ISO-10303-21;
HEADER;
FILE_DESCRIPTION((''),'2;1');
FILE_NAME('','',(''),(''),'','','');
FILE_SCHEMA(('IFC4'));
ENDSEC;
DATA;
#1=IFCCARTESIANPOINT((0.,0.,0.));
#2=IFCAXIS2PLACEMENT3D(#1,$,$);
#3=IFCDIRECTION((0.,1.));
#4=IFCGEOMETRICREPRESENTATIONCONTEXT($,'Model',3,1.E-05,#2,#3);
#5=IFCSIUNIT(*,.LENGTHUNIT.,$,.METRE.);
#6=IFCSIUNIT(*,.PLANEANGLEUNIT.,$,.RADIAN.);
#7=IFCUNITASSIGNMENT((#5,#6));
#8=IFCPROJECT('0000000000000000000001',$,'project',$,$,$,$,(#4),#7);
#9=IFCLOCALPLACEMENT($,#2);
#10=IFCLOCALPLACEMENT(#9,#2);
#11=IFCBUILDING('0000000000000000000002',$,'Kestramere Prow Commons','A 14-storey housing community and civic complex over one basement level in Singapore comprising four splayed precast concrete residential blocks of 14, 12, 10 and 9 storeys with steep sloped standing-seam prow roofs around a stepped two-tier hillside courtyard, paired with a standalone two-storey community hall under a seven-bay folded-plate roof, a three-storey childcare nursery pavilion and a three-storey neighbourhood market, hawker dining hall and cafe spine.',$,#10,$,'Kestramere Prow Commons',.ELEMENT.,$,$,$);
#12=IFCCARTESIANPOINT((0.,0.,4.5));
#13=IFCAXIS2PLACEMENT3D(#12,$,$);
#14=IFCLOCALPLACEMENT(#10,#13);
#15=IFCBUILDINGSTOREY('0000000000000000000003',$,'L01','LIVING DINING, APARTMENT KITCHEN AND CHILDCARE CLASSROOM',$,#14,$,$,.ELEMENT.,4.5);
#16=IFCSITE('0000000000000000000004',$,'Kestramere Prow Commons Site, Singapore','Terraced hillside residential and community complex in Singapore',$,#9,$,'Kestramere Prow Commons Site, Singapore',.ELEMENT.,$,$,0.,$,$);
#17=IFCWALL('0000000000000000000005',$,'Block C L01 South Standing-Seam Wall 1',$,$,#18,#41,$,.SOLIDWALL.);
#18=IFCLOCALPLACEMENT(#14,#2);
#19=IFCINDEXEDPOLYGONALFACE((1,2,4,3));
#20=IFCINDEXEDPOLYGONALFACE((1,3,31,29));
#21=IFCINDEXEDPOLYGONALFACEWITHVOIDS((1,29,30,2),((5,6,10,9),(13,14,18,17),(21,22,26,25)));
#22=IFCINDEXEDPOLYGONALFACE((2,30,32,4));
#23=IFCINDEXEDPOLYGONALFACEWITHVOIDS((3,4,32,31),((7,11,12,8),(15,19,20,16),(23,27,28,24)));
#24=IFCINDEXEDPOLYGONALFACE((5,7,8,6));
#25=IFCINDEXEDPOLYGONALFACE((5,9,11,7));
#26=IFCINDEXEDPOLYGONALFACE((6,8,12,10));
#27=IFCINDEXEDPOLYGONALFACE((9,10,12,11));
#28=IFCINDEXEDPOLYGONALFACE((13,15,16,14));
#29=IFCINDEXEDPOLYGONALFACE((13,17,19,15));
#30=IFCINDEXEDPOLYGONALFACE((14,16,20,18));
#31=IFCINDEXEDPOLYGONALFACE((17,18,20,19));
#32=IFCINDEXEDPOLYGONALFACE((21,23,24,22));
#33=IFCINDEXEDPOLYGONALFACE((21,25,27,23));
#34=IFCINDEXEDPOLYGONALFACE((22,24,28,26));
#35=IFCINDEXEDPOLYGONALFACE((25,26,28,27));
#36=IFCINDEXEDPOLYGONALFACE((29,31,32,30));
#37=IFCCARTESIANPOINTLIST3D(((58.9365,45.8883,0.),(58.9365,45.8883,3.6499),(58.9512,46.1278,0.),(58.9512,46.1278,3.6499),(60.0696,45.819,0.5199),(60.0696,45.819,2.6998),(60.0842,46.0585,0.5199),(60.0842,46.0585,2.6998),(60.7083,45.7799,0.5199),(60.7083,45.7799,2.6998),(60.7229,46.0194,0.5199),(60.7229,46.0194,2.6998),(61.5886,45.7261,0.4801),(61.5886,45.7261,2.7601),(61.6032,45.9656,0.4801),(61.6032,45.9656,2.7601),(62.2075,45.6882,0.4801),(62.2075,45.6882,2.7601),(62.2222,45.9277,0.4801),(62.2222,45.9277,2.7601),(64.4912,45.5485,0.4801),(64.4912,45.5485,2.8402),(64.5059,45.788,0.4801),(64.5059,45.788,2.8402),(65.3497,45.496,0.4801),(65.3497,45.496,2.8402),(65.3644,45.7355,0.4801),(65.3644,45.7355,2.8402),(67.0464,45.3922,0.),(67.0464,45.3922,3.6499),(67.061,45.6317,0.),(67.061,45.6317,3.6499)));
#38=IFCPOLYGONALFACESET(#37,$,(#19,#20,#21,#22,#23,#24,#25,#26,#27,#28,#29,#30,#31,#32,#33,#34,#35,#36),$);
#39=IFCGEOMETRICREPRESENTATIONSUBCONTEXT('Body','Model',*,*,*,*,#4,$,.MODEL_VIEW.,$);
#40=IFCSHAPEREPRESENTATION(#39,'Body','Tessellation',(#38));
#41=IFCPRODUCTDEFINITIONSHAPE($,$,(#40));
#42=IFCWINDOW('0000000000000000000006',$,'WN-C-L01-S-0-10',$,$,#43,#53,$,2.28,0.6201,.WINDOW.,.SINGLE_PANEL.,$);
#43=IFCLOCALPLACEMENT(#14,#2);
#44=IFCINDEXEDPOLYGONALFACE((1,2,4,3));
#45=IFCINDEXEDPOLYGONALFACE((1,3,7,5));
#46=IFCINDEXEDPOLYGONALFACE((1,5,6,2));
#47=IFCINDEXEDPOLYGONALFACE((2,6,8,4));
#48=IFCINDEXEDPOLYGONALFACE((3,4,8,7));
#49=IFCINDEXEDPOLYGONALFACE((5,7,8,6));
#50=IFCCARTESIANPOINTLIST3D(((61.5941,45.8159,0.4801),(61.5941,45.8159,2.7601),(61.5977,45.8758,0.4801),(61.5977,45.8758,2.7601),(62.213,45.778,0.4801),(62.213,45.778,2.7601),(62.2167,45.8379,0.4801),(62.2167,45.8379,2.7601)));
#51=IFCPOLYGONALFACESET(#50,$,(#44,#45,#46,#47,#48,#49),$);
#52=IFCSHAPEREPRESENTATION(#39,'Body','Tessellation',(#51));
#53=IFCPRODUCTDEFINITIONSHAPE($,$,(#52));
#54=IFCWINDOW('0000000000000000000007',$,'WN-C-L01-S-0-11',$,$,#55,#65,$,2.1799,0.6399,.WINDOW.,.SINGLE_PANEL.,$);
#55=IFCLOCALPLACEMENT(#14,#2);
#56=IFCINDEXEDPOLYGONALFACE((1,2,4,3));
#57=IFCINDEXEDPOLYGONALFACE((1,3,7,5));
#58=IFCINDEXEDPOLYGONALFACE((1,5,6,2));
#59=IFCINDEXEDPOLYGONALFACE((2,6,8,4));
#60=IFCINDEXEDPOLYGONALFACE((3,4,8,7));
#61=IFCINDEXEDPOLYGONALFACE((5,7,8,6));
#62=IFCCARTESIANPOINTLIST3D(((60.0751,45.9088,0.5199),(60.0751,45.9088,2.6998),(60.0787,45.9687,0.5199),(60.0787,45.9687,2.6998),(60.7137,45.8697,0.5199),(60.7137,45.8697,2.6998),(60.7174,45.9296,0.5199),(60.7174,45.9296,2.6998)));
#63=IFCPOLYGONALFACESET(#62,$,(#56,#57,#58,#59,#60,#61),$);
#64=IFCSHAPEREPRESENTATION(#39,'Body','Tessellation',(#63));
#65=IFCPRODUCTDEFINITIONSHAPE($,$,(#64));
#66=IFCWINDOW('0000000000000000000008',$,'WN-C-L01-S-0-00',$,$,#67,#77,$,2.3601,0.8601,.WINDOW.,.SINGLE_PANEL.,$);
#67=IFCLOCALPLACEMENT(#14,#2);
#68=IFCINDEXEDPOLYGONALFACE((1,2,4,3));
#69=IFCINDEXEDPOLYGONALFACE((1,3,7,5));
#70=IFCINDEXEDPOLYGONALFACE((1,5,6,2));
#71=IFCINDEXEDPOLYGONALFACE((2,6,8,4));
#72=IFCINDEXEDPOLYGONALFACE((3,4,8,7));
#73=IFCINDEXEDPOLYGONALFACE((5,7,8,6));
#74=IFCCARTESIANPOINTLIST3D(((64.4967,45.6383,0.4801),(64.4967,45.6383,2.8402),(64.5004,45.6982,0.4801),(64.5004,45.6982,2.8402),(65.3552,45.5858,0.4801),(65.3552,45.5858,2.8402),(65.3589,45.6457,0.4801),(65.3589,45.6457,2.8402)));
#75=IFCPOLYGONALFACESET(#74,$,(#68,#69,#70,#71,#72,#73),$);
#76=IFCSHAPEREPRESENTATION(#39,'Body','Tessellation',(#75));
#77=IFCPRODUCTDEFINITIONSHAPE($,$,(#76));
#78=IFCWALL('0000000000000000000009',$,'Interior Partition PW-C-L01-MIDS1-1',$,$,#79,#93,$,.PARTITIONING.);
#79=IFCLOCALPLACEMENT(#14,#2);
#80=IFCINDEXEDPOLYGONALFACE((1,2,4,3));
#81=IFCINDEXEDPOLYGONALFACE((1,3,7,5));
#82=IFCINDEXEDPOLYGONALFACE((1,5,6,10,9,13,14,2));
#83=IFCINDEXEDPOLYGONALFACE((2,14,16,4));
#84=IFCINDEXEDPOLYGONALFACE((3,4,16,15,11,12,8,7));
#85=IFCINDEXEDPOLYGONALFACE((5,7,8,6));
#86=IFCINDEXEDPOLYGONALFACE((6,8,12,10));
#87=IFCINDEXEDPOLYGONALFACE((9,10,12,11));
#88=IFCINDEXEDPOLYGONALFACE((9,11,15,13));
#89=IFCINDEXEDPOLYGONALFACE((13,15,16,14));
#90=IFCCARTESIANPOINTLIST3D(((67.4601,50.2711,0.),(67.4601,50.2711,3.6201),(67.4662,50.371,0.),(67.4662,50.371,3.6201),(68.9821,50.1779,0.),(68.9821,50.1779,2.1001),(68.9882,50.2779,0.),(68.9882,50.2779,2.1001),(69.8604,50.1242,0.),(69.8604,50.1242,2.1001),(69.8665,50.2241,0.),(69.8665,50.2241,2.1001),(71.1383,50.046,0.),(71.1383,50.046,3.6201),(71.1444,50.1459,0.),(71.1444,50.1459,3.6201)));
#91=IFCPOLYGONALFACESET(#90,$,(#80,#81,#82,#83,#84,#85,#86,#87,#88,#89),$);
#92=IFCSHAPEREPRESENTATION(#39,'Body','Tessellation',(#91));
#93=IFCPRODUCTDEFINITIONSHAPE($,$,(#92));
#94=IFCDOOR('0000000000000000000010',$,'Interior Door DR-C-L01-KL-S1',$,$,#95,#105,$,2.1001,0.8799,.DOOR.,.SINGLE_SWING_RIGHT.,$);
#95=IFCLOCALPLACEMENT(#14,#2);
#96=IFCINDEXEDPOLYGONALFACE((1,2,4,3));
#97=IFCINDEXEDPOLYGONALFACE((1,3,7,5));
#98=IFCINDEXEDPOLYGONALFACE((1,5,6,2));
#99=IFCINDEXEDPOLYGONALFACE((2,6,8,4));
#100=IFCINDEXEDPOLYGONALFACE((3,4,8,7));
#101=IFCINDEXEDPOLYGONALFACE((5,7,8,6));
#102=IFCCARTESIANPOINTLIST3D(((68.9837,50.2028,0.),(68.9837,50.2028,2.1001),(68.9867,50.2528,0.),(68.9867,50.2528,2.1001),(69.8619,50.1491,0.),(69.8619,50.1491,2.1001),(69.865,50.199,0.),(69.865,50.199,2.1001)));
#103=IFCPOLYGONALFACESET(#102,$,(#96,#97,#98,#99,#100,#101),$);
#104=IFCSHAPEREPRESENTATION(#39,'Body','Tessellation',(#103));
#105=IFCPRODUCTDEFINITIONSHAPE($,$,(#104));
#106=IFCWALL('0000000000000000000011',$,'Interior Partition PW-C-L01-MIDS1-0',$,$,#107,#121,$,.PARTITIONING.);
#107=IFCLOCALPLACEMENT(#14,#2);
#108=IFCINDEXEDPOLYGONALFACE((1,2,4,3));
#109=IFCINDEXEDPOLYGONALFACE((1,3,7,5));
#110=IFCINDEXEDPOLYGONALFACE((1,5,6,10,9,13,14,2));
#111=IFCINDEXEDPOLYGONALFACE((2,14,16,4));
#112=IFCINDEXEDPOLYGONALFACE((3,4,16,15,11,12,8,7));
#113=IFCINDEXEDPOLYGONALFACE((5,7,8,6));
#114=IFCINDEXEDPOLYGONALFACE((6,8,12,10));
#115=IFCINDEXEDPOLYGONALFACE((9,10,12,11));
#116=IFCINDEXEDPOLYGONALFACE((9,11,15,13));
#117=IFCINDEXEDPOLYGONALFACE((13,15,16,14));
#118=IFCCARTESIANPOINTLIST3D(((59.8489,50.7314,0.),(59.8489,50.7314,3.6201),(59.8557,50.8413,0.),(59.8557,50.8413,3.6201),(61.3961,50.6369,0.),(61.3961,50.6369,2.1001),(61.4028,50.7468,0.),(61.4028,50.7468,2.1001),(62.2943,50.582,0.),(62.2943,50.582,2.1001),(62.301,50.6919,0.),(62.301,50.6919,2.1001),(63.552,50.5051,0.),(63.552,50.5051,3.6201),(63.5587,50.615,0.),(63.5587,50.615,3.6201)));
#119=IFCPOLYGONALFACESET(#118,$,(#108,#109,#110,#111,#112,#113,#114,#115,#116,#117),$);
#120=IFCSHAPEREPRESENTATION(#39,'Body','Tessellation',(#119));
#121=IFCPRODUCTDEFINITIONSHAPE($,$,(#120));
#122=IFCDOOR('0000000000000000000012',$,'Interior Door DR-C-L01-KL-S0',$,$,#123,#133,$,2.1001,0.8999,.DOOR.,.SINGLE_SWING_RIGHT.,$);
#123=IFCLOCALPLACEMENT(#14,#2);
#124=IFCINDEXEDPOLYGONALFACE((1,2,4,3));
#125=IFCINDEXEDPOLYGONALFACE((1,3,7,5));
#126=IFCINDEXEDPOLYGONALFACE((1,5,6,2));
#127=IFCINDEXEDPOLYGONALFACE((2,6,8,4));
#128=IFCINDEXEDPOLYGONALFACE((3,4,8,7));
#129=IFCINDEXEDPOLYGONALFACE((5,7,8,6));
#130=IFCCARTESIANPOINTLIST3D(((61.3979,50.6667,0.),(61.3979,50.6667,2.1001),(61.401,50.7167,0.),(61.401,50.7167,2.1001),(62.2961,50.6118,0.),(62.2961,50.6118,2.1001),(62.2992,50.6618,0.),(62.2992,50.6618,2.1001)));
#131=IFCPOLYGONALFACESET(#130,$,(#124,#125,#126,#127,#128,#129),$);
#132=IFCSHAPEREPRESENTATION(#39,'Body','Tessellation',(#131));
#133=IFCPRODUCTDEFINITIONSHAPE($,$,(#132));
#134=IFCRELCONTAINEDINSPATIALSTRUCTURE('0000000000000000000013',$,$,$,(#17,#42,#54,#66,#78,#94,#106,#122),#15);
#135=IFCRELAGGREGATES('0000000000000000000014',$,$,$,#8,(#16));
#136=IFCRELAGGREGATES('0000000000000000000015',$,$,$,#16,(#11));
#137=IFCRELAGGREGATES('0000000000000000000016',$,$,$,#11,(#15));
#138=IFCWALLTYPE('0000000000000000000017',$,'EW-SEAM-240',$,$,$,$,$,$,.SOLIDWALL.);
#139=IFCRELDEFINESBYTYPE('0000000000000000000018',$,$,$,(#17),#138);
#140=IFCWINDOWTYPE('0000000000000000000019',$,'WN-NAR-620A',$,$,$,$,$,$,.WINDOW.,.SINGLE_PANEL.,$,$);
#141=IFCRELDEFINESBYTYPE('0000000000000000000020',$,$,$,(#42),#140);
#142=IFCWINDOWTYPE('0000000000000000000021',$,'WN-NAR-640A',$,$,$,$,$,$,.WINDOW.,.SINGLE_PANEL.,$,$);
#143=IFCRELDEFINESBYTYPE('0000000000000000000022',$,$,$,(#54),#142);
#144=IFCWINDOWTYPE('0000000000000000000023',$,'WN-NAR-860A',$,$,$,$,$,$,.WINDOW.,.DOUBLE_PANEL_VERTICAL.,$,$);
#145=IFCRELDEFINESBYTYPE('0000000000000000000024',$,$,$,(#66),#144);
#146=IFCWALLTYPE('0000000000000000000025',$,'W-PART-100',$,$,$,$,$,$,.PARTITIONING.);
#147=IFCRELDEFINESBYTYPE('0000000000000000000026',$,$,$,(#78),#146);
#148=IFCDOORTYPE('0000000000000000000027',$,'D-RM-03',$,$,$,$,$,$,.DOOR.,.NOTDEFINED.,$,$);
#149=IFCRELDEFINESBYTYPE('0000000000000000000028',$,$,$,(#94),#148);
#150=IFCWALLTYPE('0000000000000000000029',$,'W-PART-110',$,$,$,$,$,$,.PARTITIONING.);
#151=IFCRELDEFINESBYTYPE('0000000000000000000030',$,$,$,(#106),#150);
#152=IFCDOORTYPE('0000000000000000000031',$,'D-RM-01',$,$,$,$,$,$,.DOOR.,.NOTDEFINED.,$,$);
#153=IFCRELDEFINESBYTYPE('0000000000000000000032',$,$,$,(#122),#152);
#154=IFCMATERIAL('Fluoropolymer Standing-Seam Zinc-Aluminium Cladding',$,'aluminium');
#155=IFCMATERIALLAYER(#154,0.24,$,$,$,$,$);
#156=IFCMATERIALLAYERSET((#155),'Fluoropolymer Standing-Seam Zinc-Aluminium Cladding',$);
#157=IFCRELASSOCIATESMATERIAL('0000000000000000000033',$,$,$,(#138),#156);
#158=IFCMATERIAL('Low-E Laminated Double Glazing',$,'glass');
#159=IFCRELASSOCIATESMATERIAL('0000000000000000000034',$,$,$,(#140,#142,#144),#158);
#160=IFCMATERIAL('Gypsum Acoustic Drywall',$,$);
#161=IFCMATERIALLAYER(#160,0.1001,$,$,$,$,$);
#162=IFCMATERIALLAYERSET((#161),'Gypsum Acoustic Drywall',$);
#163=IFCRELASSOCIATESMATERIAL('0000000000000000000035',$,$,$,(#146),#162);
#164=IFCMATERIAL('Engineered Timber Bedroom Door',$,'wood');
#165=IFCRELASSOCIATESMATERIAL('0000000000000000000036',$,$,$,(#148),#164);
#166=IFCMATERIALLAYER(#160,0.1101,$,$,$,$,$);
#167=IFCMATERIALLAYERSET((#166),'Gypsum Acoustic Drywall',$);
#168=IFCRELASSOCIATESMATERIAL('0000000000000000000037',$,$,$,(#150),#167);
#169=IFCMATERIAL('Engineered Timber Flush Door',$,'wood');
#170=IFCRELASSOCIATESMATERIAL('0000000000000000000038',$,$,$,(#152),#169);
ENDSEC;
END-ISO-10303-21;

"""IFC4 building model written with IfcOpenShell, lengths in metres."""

from ifc_helpers import new_model, si_unit, direction, frame, frame_2d, origin, place, context, subcontext, project, spatial, rectangle, extrude, material, layer, layer_set, type_object, element, fill, save


model = new_model("IFC4")

# Units and contexts
model_context = context("Model", 3, precision=1e-05, world=origin(), true_north=direction((0.0, 1.0)))
body_context = subcontext(model_context, "Body", "Model", "MODEL_VIEW")
ifc_project = project(units=[si_unit("LENGTHUNIT", "METRE"), si_unit("PLANEANGLEUNIT", "RADIAN")], contexts=[model_context])

# Site, building, storey
site_placement = place(None, origin())
site = spatial("IfcSite", under=ifc_project, at=site_placement, Name="Kestramere Prow Commons Site, Singapore", Description="Terraced hillside residential and community complex in Singapore", LongName="Kestramere Prow Commons Site, Singapore", CompositionType="ELEMENT", RefElevation=0.0)
building_placement = place(site_placement, origin())
building = spatial("IfcBuilding", under=site, at=building_placement, Name="Kestramere Prow Commons", Description="A 14-storey housing community and civic complex over one basement level in Singapore comprising four splayed precast concrete residential blocks of 14, 12, 10 and 9 storeys with steep sloped standing-seam prow roofs around a stepped two-tier hillside courtyard, paired with a standalone two-storey community hall under a seven-bay folded-plate roof, a three-storey childcare nursery pavilion and a three-storey neighbourhood market, hawker dining hall and cafe spine.", LongName="Kestramere Prow Commons", CompositionType="ELEMENT")
storey_placement = place(building_placement, frame((0.0, 0.0, 4.5)))
storey = spatial("IfcBuildingStorey", under=building, at=storey_placement, Name="L01", Description="LIVING DINING, APARTMENT KITCHEN AND CHILDCARE CLASSROOM", CompositionType="ELEMENT", Elevation=4.5)

# Wall, openings, windows
ifc_material_1 = material(Name="Low-E Laminated Double Glazing", Category="glass")
ifc_material_2 = material(Name="Fluoropolymer Standing-Seam Zinc-Aluminium Cladding", Category="aluminium")
ifc_layer_1 = layer(ifc_material_2, 0.24)
ifc_layer_set_1 = layer_set([ifc_layer_1], Name="Fluoropolymer Standing-Seam Zinc-Aluminium Cladding")
wall_type_1 = type_object("IfcWallType", Name="EW-SEAM-240", PredefinedType="SOLIDWALL", material=ifc_layer_set_1)
wall_1_placement = place(storey_placement, frame((67.0537, 45.512, 0.0), z_axis=(0.0, 0.0, 1.0), x_axis=(-0.998134, 0.061058, 0.0)))
wall_1 = element("IfcWall", 1, at=wall_1_placement, inside=storey, type_object=wall_type_1, Name="Block C L01 South Standing-Seam Wall 1", PredefinedType="SOLIDWALL", context=body_context, shape_type="SweptSolid", body=[
    extrude(rectangle(XDim=8.125, YDim=0.24, at=frame_2d((4.0625, 0.0))), origin(), (0.0, 0.0, 1.0), 3.6499),
])
opening_1_placement = place(wall_1_placement, frame((1.6997, 0.0, 0.48)))
opening_1 = element("IfcOpeningElement", 2, at=opening_1_placement, cuts=wall_1, PredefinedType="OPENING", context=body_context, shape_type="SweptSolid", body=[
    extrude(rectangle(XDim=0.8601, YDim=2.3601, at=frame_2d((0.4302, 1.1802))), frame((0.0, 0.135, 0.0), z_axis=(0.0, -1.0, 0.0), x_axis=(1.0, 0.0, 0.0)), (0.0, 0.0, 1.0), 0.27),
])
opening_2_placement = place(wall_1_placement, frame((4.8479, 0.0, 0.48)))
opening_2 = element("IfcOpeningElement", 3, at=opening_2_placement, cuts=wall_1, PredefinedType="OPENING", context=body_context, shape_type="SweptSolid", body=[
    extrude(rectangle(XDim=0.6201, YDim=2.28, at=frame_2d((0.3101, 1.1401))), frame((0.0, 0.135, 0.0), z_axis=(0.0, -1.0, 0.0), x_axis=(1.0, 0.0, 0.0)), (0.0, 0.0, 1.0), 0.27),
])
opening_3_placement = place(wall_1_placement, frame((6.3501, 0.0, 0.52)))
opening_3 = element("IfcOpeningElement", 4, at=opening_3_placement, cuts=wall_1, PredefinedType="OPENING", context=body_context, shape_type="SweptSolid", body=[
    extrude(rectangle(XDim=0.6399, YDim=2.1799, at=frame_2d((0.3198, 1.0898))), frame((0.0, 0.135, 0.0), z_axis=(0.0, -1.0, 0.0), x_axis=(1.0, 0.0, 0.0)), (0.0, 0.0, 1.0), 0.27),
])
window_type_1 = type_object("IfcWindowType", Name="WN-NAR-620A", PartitioningType="SINGLE_PANEL", PredefinedType="WINDOW", material=ifc_material_1)
window_1_placement = place(opening_2_placement, origin())
window_1 = element("IfcWindow", 5, at=window_1_placement, inside=storey, type_object=window_type_1, Name="WN-C-L01-S-0-10", OverallHeight=2.28, OverallWidth=0.6201, PartitioningType="SINGLE_PANEL", PredefinedType="WINDOW", context=body_context, shape_type="SweptSolid", body=[
    extrude(rectangle(XDim=0.6201, YDim=2.28, at=frame_2d((0.3101, 1.1401))), frame((0.0, 0.03, 0.0), z_axis=(0.0, -1.0, 0.0), x_axis=(1.0, 0.0, 0.0)), (0.0, 0.0, 1.0), 0.0601),
])
fill(opening_2, window_1)
window_type_2 = type_object("IfcWindowType", Name="WN-NAR-640A", PartitioningType="SINGLE_PANEL", PredefinedType="WINDOW", material=ifc_material_1)
window_2_placement = place(opening_3_placement, origin())
window_2 = element("IfcWindow", 6, at=window_2_placement, inside=storey, type_object=window_type_2, Name="WN-C-L01-S-0-11", OverallHeight=2.1799, OverallWidth=0.6399, PartitioningType="SINGLE_PANEL", PredefinedType="WINDOW", context=body_context, shape_type="SweptSolid", body=[
    extrude(rectangle(XDim=0.6399, YDim=2.1799, at=frame_2d((0.3198, 1.0898))), frame((0.0, 0.03, 0.0), z_axis=(0.0, -1.0, 0.0), x_axis=(1.0, 0.0, 0.0)), (0.0, 0.0, 1.0), 0.0601),
])
fill(opening_3, window_2)
window_type_3 = type_object("IfcWindowType", Name="WN-NAR-860A", PartitioningType="DOUBLE_PANEL_VERTICAL", PredefinedType="WINDOW", material=ifc_material_1)
window_3_placement = place(opening_1_placement, origin())
window_3 = element("IfcWindow", 7, at=window_3_placement, inside=storey, type_object=window_type_3, Name="WN-C-L01-S-0-00", OverallHeight=2.3601, OverallWidth=0.8601, PartitioningType="SINGLE_PANEL", PredefinedType="WINDOW", context=body_context, shape_type="SweptSolid", body=[
    extrude(rectangle(XDim=0.8601, YDim=2.3601, at=frame_2d((0.4302, 1.1802))), frame((0.0, 0.03, 0.0), z_axis=(0.0, -1.0, 0.0), x_axis=(1.0, 0.0, 0.0)), (0.0, 0.0, 1.0), 0.0601),
])
fill(opening_1, window_3)

# Walls, openings, doors
ifc_material_3 = material(Name="Gypsum Acoustic Drywall")
ifc_layer_2 = layer(ifc_material_3, 0.1001)
ifc_layer_set_2 = layer_set([ifc_layer_2], Name="Gypsum Acoustic Drywall")
wall_type_2 = type_object("IfcWallType", Name="W-PART-100", PredefinedType="PARTITIONING", material=ifc_layer_set_2)
wall_2_placement = place(storey_placement, frame((67.4631, 50.321, 0.0), z_axis=(0.0, 0.0, 1.0), x_axis=(0.998133, -0.061083, 0.0)))
wall_2 = element("IfcWall", 8, at=wall_2_placement, inside=storey, type_object=wall_type_2, Name="Interior Partition PW-C-L01-MIDS1-1", PredefinedType="PARTITIONING", context=body_context, shape_type="SweptSolid", body=[
    extrude(rectangle(XDim=3.6851, YDim=0.1001, at=frame_2d((1.8425, 0.0))), origin(), (0.0, 0.0, 1.0), 3.6201),
])
opening_4_placement = place(wall_2_placement, frame((1.5249, 0.0, 0.0)))
opening_4 = element("IfcOpeningElement", 9, at=opening_4_placement, cuts=wall_2, PredefinedType="OPENING", context=body_context, shape_type="SweptSolid", body=[
    extrude(rectangle(XDim=0.8799, YDim=2.1001, at=frame_2d((0.4399, 1.05))), frame((0.0, 0.0649, 0.0), z_axis=(0.0, -1.0, 0.0), x_axis=(1.0, 0.0, 0.0)), (0.0, 0.0, 1.0), 0.1301),
])
ifc_material_4 = material(Name="Engineered Timber Bedroom Door", Category="wood")
door_type_1 = type_object("IfcDoorType", Name="D-RM-03", OperationType="NOTDEFINED", PredefinedType="DOOR", material=ifc_material_4)
door_1_placement = place(opening_4_placement, origin())
door_1 = element("IfcDoor", 10, at=door_1_placement, inside=storey, type_object=door_type_1, Name="Interior Door DR-C-L01-KL-S1", OperationType="SINGLE_SWING_RIGHT", OverallHeight=2.1001, OverallWidth=0.8799, PredefinedType="DOOR", context=body_context, shape_type="SweptSolid", body=[
    extrude(rectangle(XDim=0.8799, YDim=2.1001, at=frame_2d((0.4399, 1.05))), frame((0.0, 0.0249, 0.0), z_axis=(0.0, -1.0, 0.0), x_axis=(1.0, 0.0, 0.0)), (0.0, 0.0, 1.0), 0.05),
])
fill(opening_4, door_1)
ifc_layer_3 = layer(ifc_material_3, 0.1101)
ifc_layer_set_3 = layer_set([ifc_layer_3], Name="Gypsum Acoustic Drywall")
wall_type_3 = type_object("IfcWallType", Name="W-PART-110", PredefinedType="PARTITIONING", material=ifc_layer_set_3)
wall_3_placement = place(storey_placement, frame((59.8523, 50.7864, 0.0), z_axis=(0.0, 0.0, 1.0), x_axis=(0.998138, -0.061002, 0.0)))
wall_3 = element("IfcWall", 11, at=wall_3_placement, inside=storey, type_object=wall_type_3, Name="Interior Partition PW-C-L01-MIDS1-0", PredefinedType="PARTITIONING", context=body_context, shape_type="SweptSolid", body=[
    extrude(rectangle(XDim=3.71, YDim=0.1101, at=frame_2d((1.855, 0.0))), origin(), (0.0, 0.0, 1.0), 3.6201),
])
opening_5_placement = place(wall_3_placement, frame((1.55, 0.0, 0.0)))
opening_5 = element("IfcOpeningElement", 12, at=opening_5_placement, cuts=wall_3, PredefinedType="OPENING", context=body_context, shape_type="SweptSolid", body=[
    extrude(rectangle(XDim=0.8999, YDim=2.1001, at=frame_2d((0.45, 1.05))), frame((0.0, 0.0701, 0.0), z_axis=(0.0, -1.0, 0.0), x_axis=(1.0, 0.0, 0.0)), (0.0, 0.0, 1.0), 0.1401),
])
ifc_material_5 = material(Name="Engineered Timber Flush Door", Category="wood")
door_type_2 = type_object("IfcDoorType", Name="D-RM-01", OperationType="NOTDEFINED", PredefinedType="DOOR", material=ifc_material_5)
door_2_placement = place(opening_5_placement, origin())
door_2 = element("IfcDoor", 13, at=door_2_placement, inside=storey, type_object=door_type_2, Name="Interior Door DR-C-L01-KL-S0", OperationType="SINGLE_SWING_RIGHT", OverallHeight=2.1001, OverallWidth=0.8999, PredefinedType="DOOR", context=body_context, shape_type="SweptSolid", body=[
    extrude(rectangle(XDim=0.8999, YDim=2.1001, at=frame_2d((0.45, 1.05))), frame((0.0, 0.0249, 0.0), z_axis=(0.0, -1.0, 0.0), x_axis=(1.0, 0.0, 0.0)), (0.0, 0.0, 1.0), 0.05),
])
fill(opening_5, door_2)

save(model, "model.ifc")
